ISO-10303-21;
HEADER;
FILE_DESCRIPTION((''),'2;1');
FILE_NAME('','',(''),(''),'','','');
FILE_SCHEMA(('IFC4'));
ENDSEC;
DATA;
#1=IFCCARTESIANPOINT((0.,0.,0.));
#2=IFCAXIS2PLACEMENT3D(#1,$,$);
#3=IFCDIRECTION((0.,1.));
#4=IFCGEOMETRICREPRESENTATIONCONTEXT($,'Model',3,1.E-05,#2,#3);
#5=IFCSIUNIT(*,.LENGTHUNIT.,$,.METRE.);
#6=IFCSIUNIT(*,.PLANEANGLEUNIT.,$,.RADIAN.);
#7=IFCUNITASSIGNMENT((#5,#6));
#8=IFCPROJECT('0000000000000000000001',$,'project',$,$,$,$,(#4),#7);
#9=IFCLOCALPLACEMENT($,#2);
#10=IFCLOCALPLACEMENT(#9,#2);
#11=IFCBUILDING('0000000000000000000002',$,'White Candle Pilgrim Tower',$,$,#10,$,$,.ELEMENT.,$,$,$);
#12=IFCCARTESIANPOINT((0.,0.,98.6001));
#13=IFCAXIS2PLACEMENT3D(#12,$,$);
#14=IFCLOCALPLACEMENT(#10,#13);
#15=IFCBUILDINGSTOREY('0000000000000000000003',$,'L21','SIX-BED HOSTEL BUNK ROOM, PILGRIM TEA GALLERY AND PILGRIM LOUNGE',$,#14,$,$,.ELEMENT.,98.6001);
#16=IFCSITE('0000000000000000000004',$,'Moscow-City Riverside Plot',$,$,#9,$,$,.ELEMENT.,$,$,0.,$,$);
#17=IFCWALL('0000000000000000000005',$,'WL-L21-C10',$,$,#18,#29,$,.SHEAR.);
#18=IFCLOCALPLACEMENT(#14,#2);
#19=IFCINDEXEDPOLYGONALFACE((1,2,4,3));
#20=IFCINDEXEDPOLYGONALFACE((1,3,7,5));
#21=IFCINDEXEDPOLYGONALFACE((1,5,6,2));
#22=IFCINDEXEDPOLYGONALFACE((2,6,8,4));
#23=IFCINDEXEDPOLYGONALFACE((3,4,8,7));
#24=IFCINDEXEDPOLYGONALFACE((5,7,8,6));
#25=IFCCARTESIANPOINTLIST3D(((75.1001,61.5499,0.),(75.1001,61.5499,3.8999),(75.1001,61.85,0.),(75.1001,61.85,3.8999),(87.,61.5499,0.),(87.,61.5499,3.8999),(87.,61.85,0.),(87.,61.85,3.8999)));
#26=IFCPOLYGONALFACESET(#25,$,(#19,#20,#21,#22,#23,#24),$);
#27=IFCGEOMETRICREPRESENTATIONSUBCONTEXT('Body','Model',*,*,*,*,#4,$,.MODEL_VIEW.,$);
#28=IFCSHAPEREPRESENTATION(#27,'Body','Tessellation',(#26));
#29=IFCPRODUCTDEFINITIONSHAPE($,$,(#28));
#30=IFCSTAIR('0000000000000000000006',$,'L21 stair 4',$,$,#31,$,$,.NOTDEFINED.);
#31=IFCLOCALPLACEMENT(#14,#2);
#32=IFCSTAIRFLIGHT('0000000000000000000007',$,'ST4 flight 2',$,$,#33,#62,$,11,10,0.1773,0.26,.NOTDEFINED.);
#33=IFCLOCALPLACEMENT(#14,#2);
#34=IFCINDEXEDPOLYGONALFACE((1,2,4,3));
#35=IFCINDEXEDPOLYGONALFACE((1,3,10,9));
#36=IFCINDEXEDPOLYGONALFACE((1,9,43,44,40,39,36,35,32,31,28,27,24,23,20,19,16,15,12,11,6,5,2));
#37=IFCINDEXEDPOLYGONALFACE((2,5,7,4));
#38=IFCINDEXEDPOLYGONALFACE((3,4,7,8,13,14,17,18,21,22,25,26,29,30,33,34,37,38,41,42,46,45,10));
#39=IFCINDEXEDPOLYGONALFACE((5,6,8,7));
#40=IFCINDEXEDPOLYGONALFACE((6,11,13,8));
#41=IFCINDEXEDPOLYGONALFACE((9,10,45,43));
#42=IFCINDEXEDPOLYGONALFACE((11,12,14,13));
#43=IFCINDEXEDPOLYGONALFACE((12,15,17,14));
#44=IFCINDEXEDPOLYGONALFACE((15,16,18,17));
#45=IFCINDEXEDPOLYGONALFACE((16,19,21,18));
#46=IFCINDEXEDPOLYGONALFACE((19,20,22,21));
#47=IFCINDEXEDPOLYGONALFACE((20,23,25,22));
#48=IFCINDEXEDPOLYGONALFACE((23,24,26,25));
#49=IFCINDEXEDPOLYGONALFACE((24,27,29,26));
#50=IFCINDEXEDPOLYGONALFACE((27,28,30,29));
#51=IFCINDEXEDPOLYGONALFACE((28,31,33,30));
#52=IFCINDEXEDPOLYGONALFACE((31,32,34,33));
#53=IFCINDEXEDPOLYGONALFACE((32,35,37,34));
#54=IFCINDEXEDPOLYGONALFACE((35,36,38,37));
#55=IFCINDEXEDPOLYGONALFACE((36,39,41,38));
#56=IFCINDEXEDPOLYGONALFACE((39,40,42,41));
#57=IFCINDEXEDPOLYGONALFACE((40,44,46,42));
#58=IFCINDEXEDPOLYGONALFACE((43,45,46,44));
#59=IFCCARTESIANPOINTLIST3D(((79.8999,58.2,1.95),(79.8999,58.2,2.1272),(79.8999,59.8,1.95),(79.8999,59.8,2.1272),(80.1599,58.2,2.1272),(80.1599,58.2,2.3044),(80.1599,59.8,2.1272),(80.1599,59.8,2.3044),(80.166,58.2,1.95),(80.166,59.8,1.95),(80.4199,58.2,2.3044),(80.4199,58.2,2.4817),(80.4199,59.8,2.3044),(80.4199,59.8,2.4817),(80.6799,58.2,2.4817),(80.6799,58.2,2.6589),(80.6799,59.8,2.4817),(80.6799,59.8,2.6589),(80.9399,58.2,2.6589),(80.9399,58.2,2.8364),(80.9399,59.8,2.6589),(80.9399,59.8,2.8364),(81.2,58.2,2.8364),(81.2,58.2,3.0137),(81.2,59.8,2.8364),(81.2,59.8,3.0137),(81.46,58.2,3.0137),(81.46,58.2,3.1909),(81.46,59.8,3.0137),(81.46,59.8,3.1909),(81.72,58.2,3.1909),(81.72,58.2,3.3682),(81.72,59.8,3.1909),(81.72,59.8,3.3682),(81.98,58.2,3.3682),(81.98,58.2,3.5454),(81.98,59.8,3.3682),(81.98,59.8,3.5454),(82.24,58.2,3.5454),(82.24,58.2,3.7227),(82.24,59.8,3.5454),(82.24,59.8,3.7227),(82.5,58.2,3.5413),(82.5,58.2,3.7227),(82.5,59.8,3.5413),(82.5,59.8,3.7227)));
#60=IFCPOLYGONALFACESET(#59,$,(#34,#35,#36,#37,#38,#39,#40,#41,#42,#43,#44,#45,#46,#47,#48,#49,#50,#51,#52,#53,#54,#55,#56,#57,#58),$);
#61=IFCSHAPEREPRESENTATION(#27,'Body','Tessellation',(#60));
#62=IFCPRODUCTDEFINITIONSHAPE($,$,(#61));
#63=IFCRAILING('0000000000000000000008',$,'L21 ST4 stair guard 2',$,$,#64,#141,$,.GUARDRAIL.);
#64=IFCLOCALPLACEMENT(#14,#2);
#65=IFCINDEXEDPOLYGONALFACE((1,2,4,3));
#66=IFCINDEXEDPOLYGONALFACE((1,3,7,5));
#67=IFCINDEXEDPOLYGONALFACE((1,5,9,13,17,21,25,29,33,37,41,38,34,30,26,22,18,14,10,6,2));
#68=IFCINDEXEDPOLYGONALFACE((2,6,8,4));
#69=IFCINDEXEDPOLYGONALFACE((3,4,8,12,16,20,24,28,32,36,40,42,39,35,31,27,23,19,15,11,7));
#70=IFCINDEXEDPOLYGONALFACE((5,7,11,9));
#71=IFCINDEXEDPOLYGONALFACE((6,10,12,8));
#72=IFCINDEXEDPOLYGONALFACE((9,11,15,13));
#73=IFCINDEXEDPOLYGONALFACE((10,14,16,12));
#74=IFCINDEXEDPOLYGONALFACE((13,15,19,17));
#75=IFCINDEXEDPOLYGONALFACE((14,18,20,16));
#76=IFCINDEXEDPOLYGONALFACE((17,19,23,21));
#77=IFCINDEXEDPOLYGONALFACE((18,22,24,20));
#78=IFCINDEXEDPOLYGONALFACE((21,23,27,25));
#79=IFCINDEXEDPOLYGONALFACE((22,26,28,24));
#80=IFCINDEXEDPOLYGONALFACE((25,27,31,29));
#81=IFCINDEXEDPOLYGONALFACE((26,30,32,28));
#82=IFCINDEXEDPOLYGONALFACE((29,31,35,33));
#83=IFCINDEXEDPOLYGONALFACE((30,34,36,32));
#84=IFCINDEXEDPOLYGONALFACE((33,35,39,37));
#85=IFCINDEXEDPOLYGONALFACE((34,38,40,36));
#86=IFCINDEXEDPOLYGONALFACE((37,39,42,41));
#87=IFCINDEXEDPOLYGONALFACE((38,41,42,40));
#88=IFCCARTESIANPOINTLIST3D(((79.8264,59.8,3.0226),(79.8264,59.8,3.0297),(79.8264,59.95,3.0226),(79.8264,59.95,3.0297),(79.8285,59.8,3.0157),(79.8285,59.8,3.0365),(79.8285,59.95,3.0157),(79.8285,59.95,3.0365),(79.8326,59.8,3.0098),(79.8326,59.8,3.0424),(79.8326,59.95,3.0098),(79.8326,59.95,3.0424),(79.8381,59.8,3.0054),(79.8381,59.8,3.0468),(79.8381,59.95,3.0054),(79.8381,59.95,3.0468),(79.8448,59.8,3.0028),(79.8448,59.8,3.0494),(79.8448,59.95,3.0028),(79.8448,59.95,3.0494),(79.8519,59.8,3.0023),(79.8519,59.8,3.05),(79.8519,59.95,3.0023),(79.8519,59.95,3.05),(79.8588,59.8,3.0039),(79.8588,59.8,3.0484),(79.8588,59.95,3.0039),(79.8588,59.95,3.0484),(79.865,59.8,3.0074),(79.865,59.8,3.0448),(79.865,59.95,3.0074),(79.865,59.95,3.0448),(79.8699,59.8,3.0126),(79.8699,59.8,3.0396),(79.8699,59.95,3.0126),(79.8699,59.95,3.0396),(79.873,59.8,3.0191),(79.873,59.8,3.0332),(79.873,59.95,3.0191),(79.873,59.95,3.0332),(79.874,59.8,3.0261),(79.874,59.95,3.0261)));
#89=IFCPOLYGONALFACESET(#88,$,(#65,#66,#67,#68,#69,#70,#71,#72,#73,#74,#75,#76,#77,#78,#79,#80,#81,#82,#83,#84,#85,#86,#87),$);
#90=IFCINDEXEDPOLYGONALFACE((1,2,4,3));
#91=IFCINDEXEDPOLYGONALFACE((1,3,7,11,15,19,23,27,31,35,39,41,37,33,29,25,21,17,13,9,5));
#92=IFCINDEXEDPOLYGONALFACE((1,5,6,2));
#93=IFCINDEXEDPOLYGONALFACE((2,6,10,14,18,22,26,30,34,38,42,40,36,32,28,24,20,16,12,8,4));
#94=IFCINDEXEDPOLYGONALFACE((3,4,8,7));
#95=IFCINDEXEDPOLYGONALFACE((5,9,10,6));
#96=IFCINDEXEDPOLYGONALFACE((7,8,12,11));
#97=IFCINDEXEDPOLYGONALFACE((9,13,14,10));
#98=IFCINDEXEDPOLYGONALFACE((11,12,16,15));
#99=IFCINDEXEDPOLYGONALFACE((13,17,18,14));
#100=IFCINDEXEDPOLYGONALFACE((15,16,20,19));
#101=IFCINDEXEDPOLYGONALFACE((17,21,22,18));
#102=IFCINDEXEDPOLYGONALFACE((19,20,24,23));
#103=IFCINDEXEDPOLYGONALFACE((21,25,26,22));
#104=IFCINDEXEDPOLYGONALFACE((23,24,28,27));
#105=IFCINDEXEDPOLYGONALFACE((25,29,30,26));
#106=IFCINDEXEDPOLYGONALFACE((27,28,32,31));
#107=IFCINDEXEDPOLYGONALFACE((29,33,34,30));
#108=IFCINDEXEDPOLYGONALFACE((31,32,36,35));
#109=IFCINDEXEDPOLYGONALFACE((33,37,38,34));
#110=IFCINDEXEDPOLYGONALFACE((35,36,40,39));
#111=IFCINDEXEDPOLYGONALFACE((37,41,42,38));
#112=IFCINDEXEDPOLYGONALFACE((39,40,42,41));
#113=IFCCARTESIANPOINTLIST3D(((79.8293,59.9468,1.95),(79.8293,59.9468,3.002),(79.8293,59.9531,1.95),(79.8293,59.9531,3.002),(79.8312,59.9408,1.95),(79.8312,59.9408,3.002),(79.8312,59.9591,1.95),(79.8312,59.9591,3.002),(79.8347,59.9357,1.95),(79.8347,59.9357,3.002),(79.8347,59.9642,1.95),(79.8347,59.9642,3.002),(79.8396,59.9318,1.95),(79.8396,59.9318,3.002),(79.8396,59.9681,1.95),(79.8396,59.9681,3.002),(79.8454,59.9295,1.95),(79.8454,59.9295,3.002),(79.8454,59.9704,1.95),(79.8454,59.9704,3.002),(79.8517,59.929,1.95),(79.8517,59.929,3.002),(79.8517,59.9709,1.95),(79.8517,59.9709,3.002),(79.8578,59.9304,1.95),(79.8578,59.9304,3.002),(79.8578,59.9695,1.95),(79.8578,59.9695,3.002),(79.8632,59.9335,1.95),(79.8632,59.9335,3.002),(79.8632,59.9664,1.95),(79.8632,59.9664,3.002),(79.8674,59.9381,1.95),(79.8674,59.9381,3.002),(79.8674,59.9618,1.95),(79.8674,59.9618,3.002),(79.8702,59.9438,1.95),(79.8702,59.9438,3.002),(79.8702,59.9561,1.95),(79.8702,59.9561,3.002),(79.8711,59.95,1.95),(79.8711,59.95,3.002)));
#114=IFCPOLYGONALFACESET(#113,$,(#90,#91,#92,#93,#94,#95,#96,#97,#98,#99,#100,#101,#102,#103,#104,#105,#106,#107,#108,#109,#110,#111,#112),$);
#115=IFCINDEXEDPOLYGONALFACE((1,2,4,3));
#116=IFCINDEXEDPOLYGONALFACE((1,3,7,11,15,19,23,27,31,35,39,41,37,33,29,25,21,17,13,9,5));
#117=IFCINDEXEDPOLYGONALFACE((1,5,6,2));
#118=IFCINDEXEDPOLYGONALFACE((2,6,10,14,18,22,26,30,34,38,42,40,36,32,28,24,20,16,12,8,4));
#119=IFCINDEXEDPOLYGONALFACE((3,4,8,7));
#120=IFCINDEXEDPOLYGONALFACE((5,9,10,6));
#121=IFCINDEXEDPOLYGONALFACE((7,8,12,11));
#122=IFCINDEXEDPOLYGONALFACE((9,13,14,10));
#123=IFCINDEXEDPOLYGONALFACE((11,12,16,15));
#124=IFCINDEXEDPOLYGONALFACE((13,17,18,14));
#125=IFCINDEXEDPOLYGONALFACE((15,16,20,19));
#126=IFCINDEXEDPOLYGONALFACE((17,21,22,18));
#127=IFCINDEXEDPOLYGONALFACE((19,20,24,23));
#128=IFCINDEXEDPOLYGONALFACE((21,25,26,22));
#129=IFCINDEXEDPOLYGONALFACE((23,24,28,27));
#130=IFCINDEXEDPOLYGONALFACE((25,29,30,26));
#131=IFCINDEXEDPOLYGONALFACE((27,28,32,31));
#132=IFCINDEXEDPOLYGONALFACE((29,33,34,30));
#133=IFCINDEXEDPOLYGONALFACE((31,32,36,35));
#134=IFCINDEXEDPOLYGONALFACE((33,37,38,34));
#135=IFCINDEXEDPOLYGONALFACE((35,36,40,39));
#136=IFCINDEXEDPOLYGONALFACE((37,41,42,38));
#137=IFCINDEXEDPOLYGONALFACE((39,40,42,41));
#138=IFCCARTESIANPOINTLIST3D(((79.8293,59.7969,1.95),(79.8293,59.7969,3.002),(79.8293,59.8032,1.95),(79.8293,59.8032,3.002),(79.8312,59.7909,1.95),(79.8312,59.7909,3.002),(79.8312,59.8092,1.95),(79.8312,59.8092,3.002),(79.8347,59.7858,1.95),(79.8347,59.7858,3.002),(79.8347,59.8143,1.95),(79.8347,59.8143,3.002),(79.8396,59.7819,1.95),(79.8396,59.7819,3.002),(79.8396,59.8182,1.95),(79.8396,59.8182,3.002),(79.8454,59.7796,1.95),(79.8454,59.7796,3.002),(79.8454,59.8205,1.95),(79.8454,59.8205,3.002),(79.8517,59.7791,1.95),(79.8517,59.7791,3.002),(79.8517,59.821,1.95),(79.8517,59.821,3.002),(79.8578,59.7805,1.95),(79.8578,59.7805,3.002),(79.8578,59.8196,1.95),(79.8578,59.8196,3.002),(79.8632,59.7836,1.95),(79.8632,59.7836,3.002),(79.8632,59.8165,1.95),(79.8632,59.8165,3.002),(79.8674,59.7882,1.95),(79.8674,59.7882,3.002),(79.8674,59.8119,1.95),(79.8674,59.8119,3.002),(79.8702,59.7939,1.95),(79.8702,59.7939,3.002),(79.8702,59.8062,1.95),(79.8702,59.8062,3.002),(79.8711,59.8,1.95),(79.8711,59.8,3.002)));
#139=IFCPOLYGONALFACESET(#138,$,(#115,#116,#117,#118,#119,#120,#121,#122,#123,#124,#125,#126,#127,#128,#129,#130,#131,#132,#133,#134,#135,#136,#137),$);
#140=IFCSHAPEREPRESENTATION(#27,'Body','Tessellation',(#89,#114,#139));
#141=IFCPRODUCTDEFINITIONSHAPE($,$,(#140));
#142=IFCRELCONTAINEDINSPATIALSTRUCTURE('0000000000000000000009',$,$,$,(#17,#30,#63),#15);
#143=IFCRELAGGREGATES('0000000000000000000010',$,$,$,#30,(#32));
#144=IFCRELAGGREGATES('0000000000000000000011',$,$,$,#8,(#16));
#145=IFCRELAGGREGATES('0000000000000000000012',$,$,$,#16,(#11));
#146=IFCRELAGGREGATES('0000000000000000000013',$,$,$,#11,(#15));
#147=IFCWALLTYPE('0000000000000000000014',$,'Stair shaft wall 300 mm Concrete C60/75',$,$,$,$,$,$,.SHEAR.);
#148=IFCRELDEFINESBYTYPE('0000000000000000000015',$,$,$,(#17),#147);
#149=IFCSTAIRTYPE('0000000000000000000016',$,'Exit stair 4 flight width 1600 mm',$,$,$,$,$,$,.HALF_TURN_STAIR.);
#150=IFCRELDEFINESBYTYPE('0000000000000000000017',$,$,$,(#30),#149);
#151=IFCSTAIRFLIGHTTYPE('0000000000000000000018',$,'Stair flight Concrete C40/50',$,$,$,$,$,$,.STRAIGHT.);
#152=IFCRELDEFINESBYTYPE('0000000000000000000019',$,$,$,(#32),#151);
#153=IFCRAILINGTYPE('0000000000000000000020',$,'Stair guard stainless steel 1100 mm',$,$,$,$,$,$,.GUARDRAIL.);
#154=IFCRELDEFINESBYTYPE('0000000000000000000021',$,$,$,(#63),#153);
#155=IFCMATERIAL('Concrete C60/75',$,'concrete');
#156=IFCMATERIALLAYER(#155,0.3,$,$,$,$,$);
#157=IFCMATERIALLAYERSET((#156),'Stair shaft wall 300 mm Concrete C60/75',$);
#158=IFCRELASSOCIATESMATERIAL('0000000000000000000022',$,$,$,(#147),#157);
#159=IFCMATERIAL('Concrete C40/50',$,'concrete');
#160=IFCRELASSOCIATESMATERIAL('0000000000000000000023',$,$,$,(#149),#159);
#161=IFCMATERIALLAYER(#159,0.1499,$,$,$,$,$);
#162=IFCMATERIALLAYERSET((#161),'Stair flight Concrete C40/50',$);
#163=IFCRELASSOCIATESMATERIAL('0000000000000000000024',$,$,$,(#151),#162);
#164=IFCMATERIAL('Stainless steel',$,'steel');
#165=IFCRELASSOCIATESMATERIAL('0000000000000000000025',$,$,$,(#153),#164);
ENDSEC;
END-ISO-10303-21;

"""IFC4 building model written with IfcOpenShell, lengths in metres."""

from ifc_helpers import new_model, si_unit, direction, frame, frame_2d, origin, origin_2d, place, context, subcontext, project, spatial, polyline, rectangle, circle, outline, extrude, material, layer, layer_set, type_object, element, aggregate, save


model = new_model("IFC4")

# Units and contexts
model_context = context("Model", 3, precision=1e-05, world=origin(), true_north=direction((0.0, 1.0)))
body_context = subcontext(model_context, "Body", "Model", "MODEL_VIEW")
ifc_project = project(units=[si_unit("LENGTHUNIT", "METRE"), si_unit("PLANEANGLEUNIT", "RADIAN")], contexts=[model_context])

# Site, building, storey
site_placement = place(None, origin())
site = spatial("IfcSite", under=ifc_project, at=site_placement, Name="Moscow-City Riverside Plot", CompositionType="ELEMENT", RefElevation=0.0)
building_placement = place(site_placement, origin())
building = spatial("IfcBuilding", under=site, at=building_placement, Name="White Candle Pilgrim Tower", CompositionType="ELEMENT")
storey_placement = place(building_placement, frame((0.0, 0.0, 98.6001)))
storey = spatial("IfcBuildingStorey", under=building, at=storey_placement, Name="L21", Description="SIX-BED HOSTEL BUNK ROOM, PILGRIM TEA GALLERY AND PILGRIM LOUNGE", CompositionType="ELEMENT", Elevation=98.6001)

# Shared definitions
ifc_material_1 = material(Name="Concrete C60/75", Category="concrete")
ifc_layer_1 = layer(ifc_material_1, 0.3)
ifc_layer_set_1 = layer_set([ifc_layer_1], Name="Stair shaft wall 300 mm Concrete C60/75")
wall_type_1 = type_object("IfcWallType", Name="Stair shaft wall 300 mm Concrete C60/75", PredefinedType="SHEAR", material=ifc_layer_set_1)

# Wall
wall_1_placement = place(storey_placement, frame((75.1001, 61.7, 0.0), z_axis=(0.0, 0.0, 1.0), x_axis=(1.0, 0.0, 0.0)))
element("IfcWall", 1, at=wall_1_placement, inside=storey, type_object=wall_type_1, Name="WL-L21-C10", PredefinedType="SHEAR", context=body_context, shape_type="SweptSolid", body=[
    extrude(rectangle(XDim=11.8999, YDim=0.3, at=frame_2d((5.95, 0.0))), origin(), (0.0, 0.0, 1.0), 3.8999),
])

# Stair, stair flight
ifc_material_2 = material(Name="Concrete C40/50", Category="concrete")
stair_type = type_object("IfcStairType", Name="Exit stair 4 flight width 1600 mm", PredefinedType="HALF_TURN_STAIR", material=ifc_material_2)
stair_placement = place(storey_placement, origin())
stair = element("IfcStair", 2, at=stair_placement, inside=storey, type_object=stair_type, Name="L21 stair 4", PredefinedType="NOTDEFINED")
ifc_layer_2 = layer(ifc_material_2, 0.1499)
ifc_layer_set_2 = layer_set([ifc_layer_2], Name="Stair flight Concrete C40/50")
stair_flight_type = type_object("IfcStairFlightType", Name="Stair flight Concrete C40/50", PredefinedType="STRAIGHT", material=ifc_layer_set_2)
stair_flight_placement = place(storey_placement, frame((79.8999, 59.0, 1.95), z_axis=(0.0, 0.0, 1.0), x_axis=(1.0, 0.0, 0.0)))
stair_flight = element("IfcStairFlight", 3, at=stair_flight_placement, type_object=stair_flight_type, Name="ST4 flight 2", NumberOfRisers=11, NumberOfTreads=10, PredefinedType="NOTDEFINED", RiserHeight=0.1773, TreadLength=0.26, context=body_context, shape_type="SweptSolid", body=[
    extrude(outline(polyline([(0.0, 0.0), (0.0, 0.1772), (0.26, 0.1772), (0.26, 0.3545), (0.52, 0.3545), (0.52, 0.5317), (0.78, 0.5317), (0.78, 0.709), (1.04, 0.709), (1.04, 0.8865), (1.3, 0.8865), (1.3, 1.0637), (1.5601, 1.0637), (1.5601, 1.241), (1.8201, 1.241), (1.8201, 1.4182), (2.0801, 1.4182), (2.0801, 1.5955), (2.3401, 1.5955), (2.3401, 1.7727), (2.6001, 1.7727), (2.6001, 1.95), (2.6001, 1.5913), (0.2661, 0.0), (0.0, 0.0)])), frame((0.0, 0.8, 0.0), z_axis=(0.0, -1.0, 0.0), x_axis=(1.0, 0.0, 0.0)), (0.0, 0.0, 1.0), 1.6001),
])
aggregate(stair, [stair_flight])

# Railing
ifc_material_3 = material(Name="Stainless steel", Category="steel")
railing_type_1 = type_object("IfcRailingType", Name="Stair guard stainless steel 1100 mm", PredefinedType="GUARDRAIL", material=ifc_material_3)
railing_1_placement = place(storey_placement, frame((79.8501, 59.95, 1.95)))
element("IfcRailing", 4, at=railing_1_placement, inside=storey, type_object=railing_type_1, Name="L21 ST4 stair guard 2", PredefinedType="GUARDRAIL", context=body_context, shape_type="SweptSolid", body=[
    extrude(circle(Radius=0.0239, at=origin_2d()), frame((0.0, 0.0, 1.0762), z_axis=(0.0, -1.0, 0.0), x_axis=(1.0, 0.0, 0.0)), (0.0, 0.0, 1.0), 0.1499),
    extrude(circle(Radius=0.021, at=origin_2d()), origin(), (0.0, 0.0, 1.0), 1.052),
    extrude(circle(Radius=0.021, at=origin_2d()), frame((0.0, -0.1499, 0.0)), (0.0, 0.0, 1.0), 1.052),
])

save(model, "model.ifc")
